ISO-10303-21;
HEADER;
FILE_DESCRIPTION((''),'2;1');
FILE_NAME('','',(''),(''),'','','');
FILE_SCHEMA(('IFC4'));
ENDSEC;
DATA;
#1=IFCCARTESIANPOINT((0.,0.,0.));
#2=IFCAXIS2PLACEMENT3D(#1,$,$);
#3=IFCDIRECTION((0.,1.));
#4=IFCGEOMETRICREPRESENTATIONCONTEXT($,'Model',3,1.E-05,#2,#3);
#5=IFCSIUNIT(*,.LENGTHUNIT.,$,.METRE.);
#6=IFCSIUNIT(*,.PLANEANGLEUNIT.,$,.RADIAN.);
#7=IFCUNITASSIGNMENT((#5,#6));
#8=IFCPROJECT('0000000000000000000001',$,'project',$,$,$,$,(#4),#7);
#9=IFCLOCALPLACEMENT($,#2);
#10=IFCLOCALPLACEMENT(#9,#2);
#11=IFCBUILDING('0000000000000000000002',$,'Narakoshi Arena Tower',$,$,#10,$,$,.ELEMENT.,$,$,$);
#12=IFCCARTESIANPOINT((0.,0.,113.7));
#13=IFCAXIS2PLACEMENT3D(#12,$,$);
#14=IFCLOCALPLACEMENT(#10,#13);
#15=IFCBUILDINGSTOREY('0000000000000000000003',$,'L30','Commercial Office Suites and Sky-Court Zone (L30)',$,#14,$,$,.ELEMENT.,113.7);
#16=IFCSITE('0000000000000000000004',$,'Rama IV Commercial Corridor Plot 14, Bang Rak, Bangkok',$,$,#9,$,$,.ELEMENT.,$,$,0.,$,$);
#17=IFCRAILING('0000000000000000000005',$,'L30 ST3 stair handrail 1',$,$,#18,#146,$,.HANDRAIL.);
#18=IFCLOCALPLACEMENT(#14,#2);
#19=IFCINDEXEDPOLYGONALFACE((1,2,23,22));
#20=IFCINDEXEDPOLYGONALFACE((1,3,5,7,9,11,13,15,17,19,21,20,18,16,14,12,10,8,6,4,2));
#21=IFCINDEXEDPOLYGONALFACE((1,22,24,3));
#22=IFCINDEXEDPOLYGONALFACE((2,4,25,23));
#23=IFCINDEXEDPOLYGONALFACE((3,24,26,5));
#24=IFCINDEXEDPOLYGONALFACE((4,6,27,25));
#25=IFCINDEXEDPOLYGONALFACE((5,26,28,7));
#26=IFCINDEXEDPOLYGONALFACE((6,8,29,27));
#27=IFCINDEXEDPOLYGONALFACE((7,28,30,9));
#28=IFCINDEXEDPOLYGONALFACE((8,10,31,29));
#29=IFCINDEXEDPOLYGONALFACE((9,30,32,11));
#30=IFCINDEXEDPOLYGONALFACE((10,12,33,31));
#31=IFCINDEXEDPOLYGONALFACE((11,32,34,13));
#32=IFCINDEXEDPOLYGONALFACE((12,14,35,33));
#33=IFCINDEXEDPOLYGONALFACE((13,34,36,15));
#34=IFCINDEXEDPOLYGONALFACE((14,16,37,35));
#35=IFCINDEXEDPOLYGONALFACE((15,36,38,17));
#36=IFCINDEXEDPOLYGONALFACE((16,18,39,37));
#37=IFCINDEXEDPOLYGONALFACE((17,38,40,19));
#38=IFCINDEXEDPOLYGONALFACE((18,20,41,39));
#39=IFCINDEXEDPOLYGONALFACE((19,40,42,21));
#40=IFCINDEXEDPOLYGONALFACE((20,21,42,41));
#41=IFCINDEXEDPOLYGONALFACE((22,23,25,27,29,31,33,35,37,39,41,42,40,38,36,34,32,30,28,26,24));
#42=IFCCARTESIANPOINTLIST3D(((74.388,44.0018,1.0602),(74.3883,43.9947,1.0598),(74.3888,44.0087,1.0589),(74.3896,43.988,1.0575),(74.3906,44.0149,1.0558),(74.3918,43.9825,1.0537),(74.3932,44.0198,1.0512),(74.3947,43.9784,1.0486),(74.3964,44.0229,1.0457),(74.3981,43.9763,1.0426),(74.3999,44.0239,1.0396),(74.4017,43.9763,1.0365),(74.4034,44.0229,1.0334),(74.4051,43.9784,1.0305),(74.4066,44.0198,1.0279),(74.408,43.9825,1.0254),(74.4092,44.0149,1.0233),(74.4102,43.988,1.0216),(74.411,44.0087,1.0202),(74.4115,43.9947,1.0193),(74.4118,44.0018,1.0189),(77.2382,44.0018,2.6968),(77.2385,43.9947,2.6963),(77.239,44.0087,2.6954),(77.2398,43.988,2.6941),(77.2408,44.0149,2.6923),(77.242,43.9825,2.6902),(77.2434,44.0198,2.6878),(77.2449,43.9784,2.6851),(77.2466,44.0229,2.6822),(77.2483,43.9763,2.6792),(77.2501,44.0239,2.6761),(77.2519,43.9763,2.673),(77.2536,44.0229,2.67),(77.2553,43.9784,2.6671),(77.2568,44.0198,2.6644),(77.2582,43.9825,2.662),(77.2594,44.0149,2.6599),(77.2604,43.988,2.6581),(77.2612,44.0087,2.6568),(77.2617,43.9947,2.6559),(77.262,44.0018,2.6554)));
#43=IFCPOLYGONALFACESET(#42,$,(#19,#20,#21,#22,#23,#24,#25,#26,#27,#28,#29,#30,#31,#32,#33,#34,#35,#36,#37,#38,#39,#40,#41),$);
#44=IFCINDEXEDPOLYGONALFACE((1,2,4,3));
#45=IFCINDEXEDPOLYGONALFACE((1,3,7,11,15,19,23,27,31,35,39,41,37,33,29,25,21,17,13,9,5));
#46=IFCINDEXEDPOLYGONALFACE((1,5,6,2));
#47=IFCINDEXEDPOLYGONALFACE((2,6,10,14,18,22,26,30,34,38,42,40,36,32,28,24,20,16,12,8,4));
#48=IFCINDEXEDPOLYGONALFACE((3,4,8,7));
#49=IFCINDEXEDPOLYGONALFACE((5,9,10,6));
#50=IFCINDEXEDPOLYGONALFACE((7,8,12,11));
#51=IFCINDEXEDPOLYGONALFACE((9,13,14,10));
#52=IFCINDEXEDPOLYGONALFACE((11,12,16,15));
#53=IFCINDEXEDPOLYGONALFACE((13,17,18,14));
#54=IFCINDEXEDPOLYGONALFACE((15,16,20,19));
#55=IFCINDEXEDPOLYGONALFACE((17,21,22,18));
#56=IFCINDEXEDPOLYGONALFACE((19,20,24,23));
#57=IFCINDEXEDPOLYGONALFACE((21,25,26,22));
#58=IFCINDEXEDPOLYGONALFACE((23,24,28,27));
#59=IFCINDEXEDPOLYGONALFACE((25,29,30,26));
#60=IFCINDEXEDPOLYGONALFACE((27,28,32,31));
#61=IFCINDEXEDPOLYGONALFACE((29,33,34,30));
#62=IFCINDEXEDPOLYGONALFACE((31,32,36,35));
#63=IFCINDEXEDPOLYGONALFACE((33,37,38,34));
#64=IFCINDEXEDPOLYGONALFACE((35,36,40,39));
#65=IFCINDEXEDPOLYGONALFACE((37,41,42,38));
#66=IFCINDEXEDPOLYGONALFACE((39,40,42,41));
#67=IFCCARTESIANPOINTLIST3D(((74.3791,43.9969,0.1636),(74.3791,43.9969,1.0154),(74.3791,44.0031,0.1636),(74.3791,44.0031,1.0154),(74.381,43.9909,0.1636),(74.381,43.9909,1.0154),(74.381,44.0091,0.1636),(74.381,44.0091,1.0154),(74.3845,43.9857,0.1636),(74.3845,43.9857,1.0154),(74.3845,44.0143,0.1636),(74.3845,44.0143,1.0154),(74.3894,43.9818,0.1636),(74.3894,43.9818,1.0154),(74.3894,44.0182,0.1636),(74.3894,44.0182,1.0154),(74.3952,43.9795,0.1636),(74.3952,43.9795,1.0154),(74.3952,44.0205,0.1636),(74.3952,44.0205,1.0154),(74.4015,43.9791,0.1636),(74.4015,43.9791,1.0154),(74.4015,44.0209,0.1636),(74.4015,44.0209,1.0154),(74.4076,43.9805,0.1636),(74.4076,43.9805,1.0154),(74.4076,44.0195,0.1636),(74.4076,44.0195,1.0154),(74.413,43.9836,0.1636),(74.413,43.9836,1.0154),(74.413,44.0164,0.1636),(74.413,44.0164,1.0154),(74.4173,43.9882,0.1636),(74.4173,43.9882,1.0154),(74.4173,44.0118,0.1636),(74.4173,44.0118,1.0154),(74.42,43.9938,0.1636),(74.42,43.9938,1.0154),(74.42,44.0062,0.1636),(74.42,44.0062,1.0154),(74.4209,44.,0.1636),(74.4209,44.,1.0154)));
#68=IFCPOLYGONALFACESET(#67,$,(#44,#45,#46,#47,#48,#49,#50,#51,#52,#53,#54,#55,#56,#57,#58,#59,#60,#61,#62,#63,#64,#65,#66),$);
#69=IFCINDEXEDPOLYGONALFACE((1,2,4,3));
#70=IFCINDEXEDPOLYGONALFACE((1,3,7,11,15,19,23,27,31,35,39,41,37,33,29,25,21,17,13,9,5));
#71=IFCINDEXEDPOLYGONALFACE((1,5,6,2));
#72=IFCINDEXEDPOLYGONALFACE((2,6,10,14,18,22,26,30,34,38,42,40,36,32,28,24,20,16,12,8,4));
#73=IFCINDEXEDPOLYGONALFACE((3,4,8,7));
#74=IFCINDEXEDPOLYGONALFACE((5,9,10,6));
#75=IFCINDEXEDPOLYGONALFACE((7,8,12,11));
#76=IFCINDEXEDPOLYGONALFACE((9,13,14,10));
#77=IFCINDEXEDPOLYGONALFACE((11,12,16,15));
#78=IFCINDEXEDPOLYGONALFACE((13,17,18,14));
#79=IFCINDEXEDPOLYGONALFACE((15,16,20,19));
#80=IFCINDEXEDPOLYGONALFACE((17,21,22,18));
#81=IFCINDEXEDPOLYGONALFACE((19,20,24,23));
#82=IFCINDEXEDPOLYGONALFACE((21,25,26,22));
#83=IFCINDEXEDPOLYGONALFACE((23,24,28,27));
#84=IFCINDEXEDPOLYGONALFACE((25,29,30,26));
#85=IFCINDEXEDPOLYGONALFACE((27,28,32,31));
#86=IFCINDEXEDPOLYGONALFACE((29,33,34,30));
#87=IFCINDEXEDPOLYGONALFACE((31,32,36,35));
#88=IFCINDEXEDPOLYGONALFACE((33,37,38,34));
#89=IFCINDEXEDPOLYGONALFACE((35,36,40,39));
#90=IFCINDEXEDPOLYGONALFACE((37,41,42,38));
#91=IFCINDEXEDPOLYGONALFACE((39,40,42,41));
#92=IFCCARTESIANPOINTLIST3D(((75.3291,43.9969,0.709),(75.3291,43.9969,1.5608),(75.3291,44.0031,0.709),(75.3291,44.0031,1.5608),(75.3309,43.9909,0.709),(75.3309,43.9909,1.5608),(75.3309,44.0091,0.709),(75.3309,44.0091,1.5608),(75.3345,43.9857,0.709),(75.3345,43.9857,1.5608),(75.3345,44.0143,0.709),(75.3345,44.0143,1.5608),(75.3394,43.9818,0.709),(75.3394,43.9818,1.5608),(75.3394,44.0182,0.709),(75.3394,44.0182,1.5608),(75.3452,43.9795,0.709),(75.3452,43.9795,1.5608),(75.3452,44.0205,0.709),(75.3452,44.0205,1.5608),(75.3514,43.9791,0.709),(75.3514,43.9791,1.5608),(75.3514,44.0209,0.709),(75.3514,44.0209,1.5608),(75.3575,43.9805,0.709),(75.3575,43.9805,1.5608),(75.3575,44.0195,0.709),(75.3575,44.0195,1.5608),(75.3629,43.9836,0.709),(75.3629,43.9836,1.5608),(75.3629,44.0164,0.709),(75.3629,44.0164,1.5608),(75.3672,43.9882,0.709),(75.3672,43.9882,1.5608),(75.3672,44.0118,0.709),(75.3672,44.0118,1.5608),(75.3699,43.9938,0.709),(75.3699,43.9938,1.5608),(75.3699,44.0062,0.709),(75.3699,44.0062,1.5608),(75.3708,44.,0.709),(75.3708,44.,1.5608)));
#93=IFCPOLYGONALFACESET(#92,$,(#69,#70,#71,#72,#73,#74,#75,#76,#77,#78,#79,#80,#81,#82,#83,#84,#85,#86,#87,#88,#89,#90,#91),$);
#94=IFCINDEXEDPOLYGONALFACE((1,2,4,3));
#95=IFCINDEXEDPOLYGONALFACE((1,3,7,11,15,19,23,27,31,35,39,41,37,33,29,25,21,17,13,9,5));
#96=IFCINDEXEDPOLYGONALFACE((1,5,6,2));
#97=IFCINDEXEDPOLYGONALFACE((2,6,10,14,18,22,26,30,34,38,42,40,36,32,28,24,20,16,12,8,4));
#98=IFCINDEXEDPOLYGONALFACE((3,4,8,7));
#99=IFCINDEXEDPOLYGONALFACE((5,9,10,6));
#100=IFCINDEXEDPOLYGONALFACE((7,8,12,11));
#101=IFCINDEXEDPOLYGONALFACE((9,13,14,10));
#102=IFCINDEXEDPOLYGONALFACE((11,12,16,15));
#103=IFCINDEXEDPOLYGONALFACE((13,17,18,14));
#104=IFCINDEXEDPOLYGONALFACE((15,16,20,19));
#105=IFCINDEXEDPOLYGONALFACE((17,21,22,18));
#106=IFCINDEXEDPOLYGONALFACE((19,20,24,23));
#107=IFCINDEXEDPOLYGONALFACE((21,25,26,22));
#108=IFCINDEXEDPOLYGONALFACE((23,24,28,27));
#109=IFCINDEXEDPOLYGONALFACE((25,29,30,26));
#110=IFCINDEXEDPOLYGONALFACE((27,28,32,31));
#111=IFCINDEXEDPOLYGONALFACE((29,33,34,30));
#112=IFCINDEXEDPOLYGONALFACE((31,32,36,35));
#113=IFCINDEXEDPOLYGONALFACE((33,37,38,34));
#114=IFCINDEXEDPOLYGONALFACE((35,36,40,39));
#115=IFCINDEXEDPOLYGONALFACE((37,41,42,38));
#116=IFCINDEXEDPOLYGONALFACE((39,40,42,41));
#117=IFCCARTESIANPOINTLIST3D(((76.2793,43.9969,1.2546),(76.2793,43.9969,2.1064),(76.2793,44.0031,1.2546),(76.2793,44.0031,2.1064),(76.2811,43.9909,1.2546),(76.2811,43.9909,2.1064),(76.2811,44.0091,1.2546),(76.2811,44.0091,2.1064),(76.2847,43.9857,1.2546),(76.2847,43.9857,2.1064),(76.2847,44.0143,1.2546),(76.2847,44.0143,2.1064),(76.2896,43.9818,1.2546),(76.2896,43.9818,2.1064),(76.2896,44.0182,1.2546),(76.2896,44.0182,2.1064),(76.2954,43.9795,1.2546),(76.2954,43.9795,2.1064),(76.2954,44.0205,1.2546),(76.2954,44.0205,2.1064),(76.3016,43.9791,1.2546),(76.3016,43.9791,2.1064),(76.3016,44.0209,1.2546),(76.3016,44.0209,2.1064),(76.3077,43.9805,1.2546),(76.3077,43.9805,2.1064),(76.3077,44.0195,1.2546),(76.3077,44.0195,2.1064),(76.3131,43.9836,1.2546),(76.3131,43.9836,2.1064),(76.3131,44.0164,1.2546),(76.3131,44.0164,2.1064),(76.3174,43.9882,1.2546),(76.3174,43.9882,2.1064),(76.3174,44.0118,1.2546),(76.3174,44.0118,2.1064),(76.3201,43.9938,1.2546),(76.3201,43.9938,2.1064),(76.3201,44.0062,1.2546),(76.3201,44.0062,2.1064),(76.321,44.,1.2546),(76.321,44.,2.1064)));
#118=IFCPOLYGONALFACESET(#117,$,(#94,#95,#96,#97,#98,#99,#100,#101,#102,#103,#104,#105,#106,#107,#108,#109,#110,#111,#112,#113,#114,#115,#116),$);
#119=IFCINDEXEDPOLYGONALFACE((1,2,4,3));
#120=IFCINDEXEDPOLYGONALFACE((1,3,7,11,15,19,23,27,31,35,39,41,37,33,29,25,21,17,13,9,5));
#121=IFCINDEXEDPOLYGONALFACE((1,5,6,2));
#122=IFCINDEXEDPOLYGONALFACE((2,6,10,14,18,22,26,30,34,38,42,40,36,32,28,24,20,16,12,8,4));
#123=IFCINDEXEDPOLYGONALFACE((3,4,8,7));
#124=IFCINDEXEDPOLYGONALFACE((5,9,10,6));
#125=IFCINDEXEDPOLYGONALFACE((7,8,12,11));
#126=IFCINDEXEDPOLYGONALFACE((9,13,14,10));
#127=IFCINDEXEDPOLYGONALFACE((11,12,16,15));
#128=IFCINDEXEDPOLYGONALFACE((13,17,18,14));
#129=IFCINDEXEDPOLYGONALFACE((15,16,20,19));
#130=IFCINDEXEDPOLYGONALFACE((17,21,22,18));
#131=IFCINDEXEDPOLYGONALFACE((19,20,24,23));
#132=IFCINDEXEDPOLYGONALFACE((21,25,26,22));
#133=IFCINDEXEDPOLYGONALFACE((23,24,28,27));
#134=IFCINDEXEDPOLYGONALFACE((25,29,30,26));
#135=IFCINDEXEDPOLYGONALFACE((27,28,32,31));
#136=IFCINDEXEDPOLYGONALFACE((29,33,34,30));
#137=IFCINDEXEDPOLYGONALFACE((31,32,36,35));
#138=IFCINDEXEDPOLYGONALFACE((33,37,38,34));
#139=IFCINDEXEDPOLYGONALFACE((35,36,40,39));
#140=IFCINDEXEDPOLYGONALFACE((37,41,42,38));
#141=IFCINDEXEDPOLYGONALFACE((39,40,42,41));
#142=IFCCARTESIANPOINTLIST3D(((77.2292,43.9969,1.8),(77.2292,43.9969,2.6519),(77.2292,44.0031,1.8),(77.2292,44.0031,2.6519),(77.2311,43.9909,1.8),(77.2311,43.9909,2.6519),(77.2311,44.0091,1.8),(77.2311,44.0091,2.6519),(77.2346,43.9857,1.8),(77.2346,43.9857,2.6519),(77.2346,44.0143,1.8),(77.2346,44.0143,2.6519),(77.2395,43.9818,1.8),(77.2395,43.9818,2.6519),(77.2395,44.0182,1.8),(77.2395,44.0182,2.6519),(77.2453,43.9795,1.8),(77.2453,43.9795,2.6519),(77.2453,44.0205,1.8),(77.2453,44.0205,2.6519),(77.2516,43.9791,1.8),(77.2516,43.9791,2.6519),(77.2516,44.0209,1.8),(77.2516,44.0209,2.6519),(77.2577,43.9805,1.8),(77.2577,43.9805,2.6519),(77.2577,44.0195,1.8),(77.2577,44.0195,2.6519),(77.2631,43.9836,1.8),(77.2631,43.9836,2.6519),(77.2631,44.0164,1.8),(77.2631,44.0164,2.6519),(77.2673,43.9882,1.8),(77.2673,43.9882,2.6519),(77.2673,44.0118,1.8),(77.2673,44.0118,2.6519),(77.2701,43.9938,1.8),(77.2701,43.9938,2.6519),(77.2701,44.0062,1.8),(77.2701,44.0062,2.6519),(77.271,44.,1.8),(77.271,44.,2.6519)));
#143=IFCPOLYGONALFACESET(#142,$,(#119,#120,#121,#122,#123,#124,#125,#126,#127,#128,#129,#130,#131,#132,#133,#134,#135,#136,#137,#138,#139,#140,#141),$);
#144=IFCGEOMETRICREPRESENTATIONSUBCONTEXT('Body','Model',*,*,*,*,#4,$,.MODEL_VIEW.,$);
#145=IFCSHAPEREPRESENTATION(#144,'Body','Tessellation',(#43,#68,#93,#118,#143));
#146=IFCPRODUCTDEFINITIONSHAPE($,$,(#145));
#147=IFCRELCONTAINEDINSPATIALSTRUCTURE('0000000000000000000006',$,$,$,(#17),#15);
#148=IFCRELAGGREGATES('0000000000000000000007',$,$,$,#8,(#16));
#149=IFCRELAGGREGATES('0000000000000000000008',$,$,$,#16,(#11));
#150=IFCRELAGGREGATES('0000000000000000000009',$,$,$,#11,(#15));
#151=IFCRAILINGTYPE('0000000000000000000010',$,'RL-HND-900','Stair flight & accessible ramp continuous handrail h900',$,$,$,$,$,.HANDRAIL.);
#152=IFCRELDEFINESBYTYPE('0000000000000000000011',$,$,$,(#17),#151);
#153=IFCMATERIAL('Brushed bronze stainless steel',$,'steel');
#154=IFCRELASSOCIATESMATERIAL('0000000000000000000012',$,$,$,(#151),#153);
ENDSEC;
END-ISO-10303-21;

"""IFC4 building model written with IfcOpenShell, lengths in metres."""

from ifc_helpers import new_model, si_unit, direction, frame, origin, origin_2d, place, context, subcontext, project, spatial, circle, extrude, material, type_object, element, save


model = new_model("IFC4")

# Units and contexts
model_context = context("Model", 3, precision=1e-05, world=origin(), true_north=direction((0.0, 1.0)))
body_context = subcontext(model_context, "Body", "Model", "MODEL_VIEW")
ifc_project = project(units=[si_unit("LENGTHUNIT", "METRE"), si_unit("PLANEANGLEUNIT", "RADIAN")], contexts=[model_context])

# Site, building, storey
site_placement = place(None, origin())
site = spatial("IfcSite", under=ifc_project, at=site_placement, Name="Rama IV Commercial Corridor Plot 14, Bang Rak, Bangkok", CompositionType="ELEMENT", RefElevation=0.0)
building_placement = place(site_placement, origin())
building = spatial("IfcBuilding", under=site, at=building_placement, Name="Narakoshi Arena Tower", CompositionType="ELEMENT")
storey_placement = place(building_placement, frame((0.0, 0.0, 113.7)))
storey = spatial("IfcBuildingStorey", under=building, at=storey_placement, Name="L30", Description="Commercial Office Suites and Sky-Court Zone (L30)", CompositionType="ELEMENT", Elevation=113.7)

# Shared definitions
ifc_material_1 = material(Name="Brushed bronze stainless steel", Category="steel")

# Railing
railing_type_1 = type_object("IfcRailingType", Name="RL-HND-900", Description="Stair flight & accessible ramp continuous handrail h900", PredefinedType="HANDRAIL", material=ifc_material_1)
for number, where, name in (
    (1, (74.3999, 44.0, 0.1636), "L30 ST3 stair handrail 1"),
):
    element("IfcRailing", number, at=place(storey_placement, frame(where)), inside=storey, type_object=railing_type_1, Name=name, PredefinedType="HANDRAIL", context=body_context, shape_type="SweptSolid", body=[
        extrude(circle(Radius=0.0239, at=origin_2d()), frame((0.0, 0.0, 0.876), z_axis=(0.867213, 0.0, 0.497938), x_axis=(0.0, 1.0, 0.0)), (0.0, 0.0, 1.0), 3.2866),
        extrude(circle(Radius=0.021, at=origin_2d()), origin(), (0.0, 0.0, 1.0), 0.8518),
        extrude(circle(Radius=0.021, at=origin_2d()), frame((0.95, 0.0, 0.5454)), (0.0, 0.0, 1.0), 0.8518),
        extrude(circle(Radius=0.021, at=origin_2d()), frame((1.9001, 0.0, 1.0911)), (0.0, 0.0, 1.0), 0.8518),
        extrude(circle(Radius=0.021, at=origin_2d()), frame((2.8501, 0.0, 1.6365)), (0.0, 0.0, 1.0), 0.8518),
    ])

save(model, "model.ifc")
